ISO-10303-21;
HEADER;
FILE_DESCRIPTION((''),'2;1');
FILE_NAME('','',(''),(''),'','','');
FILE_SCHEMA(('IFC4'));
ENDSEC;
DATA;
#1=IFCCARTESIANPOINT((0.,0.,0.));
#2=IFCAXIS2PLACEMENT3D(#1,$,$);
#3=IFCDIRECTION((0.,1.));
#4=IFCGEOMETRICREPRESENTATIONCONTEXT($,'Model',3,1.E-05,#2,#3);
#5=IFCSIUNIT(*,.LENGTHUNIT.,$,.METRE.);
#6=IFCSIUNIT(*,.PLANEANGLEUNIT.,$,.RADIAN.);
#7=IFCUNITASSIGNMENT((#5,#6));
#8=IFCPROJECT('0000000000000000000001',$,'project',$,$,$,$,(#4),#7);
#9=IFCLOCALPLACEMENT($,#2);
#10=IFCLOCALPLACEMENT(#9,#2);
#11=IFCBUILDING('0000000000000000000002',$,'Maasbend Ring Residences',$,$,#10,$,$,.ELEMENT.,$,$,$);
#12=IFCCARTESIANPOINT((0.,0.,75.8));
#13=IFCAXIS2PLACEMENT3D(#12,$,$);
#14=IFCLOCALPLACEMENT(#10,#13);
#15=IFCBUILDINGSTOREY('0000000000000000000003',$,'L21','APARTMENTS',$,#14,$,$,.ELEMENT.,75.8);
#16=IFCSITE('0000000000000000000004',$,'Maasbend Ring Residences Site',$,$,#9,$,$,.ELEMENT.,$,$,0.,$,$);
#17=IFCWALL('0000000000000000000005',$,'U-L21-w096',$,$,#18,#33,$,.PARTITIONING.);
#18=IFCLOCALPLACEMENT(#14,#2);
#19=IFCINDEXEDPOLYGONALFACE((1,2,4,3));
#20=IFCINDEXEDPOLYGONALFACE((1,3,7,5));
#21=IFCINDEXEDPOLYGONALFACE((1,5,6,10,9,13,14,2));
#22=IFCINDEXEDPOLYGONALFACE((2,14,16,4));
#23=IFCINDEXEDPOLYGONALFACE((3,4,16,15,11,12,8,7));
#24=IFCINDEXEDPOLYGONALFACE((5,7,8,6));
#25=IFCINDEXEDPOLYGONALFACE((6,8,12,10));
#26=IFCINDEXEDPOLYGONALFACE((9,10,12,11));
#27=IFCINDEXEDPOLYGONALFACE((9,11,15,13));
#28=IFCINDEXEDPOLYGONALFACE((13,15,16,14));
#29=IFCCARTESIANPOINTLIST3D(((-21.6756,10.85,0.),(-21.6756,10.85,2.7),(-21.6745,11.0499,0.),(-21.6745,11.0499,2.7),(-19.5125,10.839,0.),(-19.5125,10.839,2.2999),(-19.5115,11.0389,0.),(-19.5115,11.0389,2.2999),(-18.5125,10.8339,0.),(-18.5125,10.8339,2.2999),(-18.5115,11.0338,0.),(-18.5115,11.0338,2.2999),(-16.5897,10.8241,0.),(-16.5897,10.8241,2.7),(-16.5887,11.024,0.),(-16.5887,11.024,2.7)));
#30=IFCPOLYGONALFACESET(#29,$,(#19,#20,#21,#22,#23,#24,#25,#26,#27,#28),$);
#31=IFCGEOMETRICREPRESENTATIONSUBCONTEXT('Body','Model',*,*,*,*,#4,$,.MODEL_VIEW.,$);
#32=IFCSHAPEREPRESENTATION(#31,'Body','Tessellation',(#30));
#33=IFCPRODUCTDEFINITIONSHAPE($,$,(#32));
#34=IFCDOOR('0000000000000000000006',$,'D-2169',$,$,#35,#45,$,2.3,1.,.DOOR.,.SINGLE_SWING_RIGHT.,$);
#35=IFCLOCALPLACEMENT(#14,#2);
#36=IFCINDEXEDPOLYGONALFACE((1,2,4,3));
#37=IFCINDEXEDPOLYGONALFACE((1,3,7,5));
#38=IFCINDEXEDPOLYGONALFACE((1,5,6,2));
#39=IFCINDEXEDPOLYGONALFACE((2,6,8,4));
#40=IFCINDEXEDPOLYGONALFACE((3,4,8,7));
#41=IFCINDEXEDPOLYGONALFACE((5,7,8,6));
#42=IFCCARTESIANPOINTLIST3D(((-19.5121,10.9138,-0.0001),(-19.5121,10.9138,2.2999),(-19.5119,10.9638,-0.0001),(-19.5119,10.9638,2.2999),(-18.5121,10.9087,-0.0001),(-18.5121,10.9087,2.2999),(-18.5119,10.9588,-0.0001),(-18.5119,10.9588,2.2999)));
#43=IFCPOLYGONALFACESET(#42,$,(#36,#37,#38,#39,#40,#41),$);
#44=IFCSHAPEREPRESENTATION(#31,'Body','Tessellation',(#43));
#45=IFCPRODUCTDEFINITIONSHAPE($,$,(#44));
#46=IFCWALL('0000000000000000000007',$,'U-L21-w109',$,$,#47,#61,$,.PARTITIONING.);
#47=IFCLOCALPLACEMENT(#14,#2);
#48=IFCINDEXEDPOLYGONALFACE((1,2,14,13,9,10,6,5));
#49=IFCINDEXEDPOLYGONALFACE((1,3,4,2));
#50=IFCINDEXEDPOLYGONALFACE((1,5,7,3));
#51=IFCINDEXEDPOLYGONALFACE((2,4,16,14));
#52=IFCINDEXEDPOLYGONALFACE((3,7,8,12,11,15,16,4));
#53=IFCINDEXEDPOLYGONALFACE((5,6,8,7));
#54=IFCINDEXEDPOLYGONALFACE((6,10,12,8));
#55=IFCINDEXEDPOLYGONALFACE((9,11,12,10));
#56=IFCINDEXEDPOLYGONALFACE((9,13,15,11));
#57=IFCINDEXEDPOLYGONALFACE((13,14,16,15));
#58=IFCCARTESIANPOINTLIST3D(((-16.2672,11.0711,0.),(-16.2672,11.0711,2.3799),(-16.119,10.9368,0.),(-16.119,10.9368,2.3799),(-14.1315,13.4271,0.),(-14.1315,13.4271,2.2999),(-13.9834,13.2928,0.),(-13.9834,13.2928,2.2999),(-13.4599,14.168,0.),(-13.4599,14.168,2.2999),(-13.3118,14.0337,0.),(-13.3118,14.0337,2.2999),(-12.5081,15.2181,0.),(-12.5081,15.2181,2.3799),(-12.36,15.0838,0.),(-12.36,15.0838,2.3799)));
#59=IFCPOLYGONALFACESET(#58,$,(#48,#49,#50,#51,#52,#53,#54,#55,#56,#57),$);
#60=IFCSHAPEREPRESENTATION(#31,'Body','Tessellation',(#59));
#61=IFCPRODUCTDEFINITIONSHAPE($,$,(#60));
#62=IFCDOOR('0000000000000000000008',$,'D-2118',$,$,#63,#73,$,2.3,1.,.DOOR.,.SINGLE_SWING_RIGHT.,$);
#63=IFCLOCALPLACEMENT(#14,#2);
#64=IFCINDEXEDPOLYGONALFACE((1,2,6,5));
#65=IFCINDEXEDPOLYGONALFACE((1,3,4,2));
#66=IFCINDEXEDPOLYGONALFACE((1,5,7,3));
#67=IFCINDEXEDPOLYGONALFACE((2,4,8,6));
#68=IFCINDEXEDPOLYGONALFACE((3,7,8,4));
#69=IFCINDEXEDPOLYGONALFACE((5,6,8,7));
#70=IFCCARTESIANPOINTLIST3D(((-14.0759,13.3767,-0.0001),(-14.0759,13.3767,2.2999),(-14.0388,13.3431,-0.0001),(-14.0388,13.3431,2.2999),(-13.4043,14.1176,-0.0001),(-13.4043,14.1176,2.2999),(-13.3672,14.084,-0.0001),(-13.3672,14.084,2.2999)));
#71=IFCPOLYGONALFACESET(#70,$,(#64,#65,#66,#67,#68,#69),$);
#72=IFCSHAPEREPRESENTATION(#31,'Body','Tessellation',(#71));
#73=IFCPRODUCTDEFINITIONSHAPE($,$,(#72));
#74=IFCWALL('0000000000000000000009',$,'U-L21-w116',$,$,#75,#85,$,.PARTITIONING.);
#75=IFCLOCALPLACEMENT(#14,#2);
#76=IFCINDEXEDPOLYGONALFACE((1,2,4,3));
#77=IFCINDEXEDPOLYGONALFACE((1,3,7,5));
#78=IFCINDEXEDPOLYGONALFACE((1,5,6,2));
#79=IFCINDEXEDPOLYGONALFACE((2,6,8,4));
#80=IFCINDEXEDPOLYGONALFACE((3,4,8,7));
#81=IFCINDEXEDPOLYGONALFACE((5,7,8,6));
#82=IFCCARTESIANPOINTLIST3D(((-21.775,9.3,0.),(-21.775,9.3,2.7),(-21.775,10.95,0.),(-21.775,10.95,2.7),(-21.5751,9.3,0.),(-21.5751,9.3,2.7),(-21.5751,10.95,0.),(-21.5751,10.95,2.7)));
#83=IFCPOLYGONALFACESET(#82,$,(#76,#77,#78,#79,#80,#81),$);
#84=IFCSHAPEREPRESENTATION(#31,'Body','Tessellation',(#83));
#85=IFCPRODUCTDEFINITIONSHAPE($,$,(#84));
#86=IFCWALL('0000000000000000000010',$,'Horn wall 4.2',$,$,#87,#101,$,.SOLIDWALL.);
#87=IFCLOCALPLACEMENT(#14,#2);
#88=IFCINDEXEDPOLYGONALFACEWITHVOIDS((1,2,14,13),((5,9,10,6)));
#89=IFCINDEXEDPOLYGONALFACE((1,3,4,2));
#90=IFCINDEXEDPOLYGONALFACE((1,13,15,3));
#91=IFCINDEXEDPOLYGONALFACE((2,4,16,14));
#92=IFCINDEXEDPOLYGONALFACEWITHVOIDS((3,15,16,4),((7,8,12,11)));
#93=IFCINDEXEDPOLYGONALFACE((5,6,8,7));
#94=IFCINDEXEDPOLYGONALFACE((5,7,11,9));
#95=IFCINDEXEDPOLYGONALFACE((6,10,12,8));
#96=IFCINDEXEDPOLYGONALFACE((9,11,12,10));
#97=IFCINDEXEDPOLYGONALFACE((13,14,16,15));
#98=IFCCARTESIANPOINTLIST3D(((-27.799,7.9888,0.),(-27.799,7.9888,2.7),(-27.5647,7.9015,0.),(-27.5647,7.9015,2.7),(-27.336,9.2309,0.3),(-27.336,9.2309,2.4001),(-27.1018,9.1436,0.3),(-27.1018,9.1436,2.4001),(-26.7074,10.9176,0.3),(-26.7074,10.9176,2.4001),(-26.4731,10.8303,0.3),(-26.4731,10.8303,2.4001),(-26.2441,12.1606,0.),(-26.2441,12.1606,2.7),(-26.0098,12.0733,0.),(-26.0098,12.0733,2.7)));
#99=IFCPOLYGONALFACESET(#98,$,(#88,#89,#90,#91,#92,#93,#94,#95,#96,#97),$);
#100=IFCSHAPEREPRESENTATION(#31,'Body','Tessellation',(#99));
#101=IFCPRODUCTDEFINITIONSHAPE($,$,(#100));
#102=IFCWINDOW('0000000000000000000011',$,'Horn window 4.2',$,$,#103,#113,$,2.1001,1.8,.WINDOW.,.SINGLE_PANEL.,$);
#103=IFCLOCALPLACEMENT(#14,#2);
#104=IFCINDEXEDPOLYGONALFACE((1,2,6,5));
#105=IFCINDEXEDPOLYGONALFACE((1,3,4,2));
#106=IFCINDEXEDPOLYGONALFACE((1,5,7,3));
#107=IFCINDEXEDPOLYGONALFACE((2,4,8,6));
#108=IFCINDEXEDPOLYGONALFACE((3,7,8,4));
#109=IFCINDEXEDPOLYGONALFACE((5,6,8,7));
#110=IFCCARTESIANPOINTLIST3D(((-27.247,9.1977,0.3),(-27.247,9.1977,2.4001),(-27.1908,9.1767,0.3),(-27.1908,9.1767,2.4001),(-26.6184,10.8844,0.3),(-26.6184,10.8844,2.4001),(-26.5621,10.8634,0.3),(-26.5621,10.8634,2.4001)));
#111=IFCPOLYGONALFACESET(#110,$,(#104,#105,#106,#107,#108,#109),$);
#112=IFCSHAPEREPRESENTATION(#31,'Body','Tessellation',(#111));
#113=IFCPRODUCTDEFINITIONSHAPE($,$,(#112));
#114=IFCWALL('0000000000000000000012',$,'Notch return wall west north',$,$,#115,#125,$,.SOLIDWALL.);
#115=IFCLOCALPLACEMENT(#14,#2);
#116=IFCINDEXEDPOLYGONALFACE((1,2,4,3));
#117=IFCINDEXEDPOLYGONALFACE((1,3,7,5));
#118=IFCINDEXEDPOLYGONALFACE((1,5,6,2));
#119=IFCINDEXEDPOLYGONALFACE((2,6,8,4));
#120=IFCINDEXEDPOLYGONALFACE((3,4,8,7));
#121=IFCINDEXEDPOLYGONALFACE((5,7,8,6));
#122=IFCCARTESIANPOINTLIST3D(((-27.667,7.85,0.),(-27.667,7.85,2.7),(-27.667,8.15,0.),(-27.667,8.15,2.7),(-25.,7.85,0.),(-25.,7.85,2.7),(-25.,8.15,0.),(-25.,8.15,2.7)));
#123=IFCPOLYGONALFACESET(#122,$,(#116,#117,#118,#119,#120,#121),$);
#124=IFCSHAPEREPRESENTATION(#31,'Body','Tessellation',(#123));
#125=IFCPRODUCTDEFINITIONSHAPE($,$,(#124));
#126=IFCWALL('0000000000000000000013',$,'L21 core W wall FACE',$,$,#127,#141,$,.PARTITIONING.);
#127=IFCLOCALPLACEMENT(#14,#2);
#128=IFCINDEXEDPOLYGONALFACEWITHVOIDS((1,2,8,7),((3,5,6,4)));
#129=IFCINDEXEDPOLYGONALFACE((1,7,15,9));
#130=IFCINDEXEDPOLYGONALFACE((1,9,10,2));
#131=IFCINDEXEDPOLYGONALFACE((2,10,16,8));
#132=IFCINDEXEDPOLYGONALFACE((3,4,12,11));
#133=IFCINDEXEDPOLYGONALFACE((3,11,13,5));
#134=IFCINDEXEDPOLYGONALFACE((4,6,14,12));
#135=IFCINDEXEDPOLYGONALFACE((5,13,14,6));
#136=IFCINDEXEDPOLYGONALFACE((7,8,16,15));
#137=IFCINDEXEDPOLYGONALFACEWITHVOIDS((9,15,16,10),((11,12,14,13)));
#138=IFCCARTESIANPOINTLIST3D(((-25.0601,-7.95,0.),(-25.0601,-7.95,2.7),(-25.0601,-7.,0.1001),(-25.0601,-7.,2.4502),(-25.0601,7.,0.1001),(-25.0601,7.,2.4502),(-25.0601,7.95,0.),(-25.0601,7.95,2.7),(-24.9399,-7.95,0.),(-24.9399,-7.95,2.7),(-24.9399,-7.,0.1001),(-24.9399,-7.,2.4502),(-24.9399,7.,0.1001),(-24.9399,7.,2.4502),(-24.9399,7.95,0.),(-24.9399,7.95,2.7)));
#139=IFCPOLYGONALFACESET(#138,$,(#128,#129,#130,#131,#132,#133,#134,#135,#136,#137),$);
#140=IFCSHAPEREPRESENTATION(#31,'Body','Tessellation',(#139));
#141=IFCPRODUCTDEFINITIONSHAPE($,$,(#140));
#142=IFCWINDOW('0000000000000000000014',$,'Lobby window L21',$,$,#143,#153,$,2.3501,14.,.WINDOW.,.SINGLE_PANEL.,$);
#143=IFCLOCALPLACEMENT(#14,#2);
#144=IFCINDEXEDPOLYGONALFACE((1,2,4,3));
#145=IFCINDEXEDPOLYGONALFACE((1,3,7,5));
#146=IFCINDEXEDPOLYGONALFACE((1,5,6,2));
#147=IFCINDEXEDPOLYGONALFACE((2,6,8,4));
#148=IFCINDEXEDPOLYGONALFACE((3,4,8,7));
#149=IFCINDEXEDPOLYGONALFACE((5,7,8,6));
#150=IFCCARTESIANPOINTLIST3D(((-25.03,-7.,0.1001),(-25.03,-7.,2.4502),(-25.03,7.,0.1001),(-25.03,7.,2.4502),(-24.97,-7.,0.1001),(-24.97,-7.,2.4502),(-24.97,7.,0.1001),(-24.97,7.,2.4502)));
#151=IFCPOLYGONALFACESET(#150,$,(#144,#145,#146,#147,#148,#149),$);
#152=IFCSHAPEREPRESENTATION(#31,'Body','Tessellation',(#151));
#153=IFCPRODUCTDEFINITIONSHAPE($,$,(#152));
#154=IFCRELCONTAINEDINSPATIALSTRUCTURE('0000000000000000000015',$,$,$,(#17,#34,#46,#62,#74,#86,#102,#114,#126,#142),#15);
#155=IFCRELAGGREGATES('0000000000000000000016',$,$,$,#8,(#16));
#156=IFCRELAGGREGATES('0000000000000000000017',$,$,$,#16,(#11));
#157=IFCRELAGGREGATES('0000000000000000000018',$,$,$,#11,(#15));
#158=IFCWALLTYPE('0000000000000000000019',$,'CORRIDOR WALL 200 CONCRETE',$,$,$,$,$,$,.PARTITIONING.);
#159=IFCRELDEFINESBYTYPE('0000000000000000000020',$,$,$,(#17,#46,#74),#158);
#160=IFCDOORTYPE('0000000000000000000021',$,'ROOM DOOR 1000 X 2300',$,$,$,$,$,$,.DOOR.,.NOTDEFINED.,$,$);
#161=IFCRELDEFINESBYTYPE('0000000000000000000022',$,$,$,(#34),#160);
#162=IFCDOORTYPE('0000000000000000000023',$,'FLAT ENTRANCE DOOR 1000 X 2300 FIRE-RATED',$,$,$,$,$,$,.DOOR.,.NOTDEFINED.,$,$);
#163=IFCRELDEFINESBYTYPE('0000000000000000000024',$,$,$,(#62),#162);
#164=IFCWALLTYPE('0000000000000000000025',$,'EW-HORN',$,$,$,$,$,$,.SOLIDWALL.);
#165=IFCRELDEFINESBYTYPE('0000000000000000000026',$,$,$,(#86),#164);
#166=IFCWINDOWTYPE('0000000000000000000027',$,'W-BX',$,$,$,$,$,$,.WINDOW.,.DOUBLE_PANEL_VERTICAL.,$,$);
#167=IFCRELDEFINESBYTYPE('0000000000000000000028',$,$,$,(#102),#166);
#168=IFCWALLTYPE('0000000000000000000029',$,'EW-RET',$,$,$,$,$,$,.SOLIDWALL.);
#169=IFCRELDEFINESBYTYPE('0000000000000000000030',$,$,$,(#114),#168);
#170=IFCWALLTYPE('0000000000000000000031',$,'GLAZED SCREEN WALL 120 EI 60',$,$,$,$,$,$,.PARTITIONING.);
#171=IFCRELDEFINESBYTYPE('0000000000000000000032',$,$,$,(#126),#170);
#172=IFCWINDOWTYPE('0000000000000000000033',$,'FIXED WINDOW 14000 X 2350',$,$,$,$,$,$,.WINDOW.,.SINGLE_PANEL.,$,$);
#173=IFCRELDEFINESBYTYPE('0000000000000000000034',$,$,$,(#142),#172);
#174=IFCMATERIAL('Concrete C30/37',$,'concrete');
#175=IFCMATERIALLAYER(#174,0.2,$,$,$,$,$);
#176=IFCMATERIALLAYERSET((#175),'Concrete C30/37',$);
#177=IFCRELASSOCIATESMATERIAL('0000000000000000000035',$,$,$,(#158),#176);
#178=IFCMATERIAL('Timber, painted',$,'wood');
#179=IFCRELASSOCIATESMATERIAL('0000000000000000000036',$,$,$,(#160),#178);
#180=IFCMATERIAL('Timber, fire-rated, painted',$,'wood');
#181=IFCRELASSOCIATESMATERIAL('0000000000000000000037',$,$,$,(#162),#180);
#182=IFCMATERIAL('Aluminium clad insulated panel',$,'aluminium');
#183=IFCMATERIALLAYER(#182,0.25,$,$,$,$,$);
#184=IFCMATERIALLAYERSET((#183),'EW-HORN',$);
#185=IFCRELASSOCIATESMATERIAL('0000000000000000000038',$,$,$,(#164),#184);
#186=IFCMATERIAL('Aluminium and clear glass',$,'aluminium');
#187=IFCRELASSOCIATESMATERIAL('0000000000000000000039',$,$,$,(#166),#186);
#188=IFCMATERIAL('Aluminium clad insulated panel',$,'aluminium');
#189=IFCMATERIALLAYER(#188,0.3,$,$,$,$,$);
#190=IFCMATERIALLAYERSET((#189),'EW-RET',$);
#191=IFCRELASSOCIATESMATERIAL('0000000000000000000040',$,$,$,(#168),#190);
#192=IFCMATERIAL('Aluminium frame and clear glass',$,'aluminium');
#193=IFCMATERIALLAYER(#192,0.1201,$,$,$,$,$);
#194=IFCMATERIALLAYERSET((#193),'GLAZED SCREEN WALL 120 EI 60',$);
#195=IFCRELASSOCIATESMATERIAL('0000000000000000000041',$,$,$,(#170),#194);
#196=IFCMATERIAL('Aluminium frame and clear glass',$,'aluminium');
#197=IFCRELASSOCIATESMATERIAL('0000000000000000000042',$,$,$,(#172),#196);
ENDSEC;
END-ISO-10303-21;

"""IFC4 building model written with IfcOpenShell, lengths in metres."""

from ifc_helpers import new_model, si_unit, direction, frame, frame_2d, origin, place, context, subcontext, project, spatial, rectangle, extrude, material, layer, layer_set, type_object, element, fill, save


model = new_model("IFC4")

# Units and contexts
model_context = context("Model", 3, precision=1e-05, world=origin(), true_north=direction((0.0, 1.0)))
body_context = subcontext(model_context, "Body", "Model", "MODEL_VIEW")
ifc_project = project(units=[si_unit("LENGTHUNIT", "METRE"), si_unit("PLANEANGLEUNIT", "RADIAN")], contexts=[model_context])

# Site, building, storey
site_placement = place(None, origin())
site = spatial("IfcSite", under=ifc_project, at=site_placement, Name="Maasbend Ring Residences Site", CompositionType="ELEMENT", RefElevation=0.0)
building_placement = place(site_placement, origin())
building = spatial("IfcBuilding", under=site, at=building_placement, Name="Maasbend Ring Residences", CompositionType="ELEMENT")
storey_placement = place(building_placement, frame((0.0, 0.0, 75.8)))
storey = spatial("IfcBuildingStorey", under=building, at=storey_placement, Name="L21", Description="APARTMENTS", CompositionType="ELEMENT", Elevation=75.8)

# Walls, openings, doors
ifc_material_1 = material(Name="Concrete C30/37", Category="concrete")
ifc_layer_1 = layer(ifc_material_1, 0.2)
ifc_layer_set_1 = layer_set([ifc_layer_1], Name="Concrete C30/37")
wall_type_1 = type_object("IfcWallType", Name="CORRIDOR WALL 200 CONCRETE", PredefinedType="PARTITIONING", material=ifc_layer_set_1)
wall_1_placement = place(storey_placement, frame((-21.675, 10.95, 0.0), z_axis=(0.0, 0.0, 1.0), x_axis=(0.999987, -0.005088, 0.0)))
wall_1 = element("IfcWall", 1, at=wall_1_placement, inside=storey, type_object=wall_type_1, Name="U-L21-w096", PredefinedType="PARTITIONING", context=body_context, shape_type="SweptSolid", body=[
    extrude(rectangle(XDim=5.0859, YDim=0.2, at=frame_2d((2.543, 0.0))), origin(), (0.0, 0.0, 1.0), 2.7),
])
opening_1_placement = place(wall_1_placement, frame((2.1631, 0.0, 0.0)))
opening_1 = element("IfcOpeningElement", 2, at=opening_1_placement, cuts=wall_1, PredefinedType="OPENING", context=body_context, shape_type="SweptSolid", body=[
    extrude(rectangle(XDim=1.0, YDim=2.3, at=frame_2d((0.5, 1.1499))), frame((0.0, 0.1099, 0.0), z_axis=(0.0, -1.0, 0.0), x_axis=(1.0, 0.0, 0.0)), (0.0, 0.0, 1.0), 0.22),
])
ifc_material_2 = material(Name="Timber, painted", Category="wood")
door_type_1 = type_object("IfcDoorType", Name="ROOM DOOR 1000 X 2300", OperationType="NOTDEFINED", PredefinedType="DOOR", material=ifc_material_2)
door_1_placement = place(opening_1_placement, origin())
door_1 = element("IfcDoor", 3, at=door_1_placement, inside=storey, type_object=door_type_1, Name="D-2169", OperationType="SINGLE_SWING_RIGHT", OverallHeight=2.3, OverallWidth=1.0, PredefinedType="DOOR", context=body_context, shape_type="SweptSolid", body=[
    extrude(rectangle(XDim=1.0, YDim=2.3, at=frame_2d((0.5, 1.1499))), frame((0.0, 0.0249, 0.0), z_axis=(0.0, -1.0, 0.0), x_axis=(1.0, 0.0, 0.0)), (0.0, 0.0, 1.0), 0.05),
])
fill(opening_1, door_1)
wall_2_placement = place(storey_placement, frame((-16.1931, 11.0039, 0.0), z_axis=(0.0, 0.0, 1.0), x_axis=(0.671602, 0.740912, 0.0)))
wall_2 = element("IfcWall", 4, at=wall_2_placement, inside=storey, type_object=wall_type_1, Name="U-L21-w109", PredefinedType="PARTITIONING", context=body_context, shape_type="SweptSolid", body=[
    extrude(rectangle(XDim=5.5972, YDim=0.2, at=frame_2d((2.7986, 0.0))), origin(), (0.0, 0.0, 1.0), 2.3799),
])
opening_2_placement = place(wall_2_placement, frame((3.1799, 0.0, 0.0)))
opening_2 = element("IfcOpeningElement", 5, at=opening_2_placement, cuts=wall_2, PredefinedType="OPENING", context=body_context, shape_type="SweptSolid", body=[
    extrude(rectangle(XDim=1.0, YDim=2.3, at=frame_2d((0.5, 1.1499))), frame((0.0, 0.1099, 0.0), z_axis=(0.0, -1.0, 0.0), x_axis=(1.0, 0.0, 0.0)), (0.0, 0.0, 1.0), 0.22),
])
ifc_material_3 = material(Name="Timber, fire-rated, painted", Category="wood")
door_type_2 = type_object("IfcDoorType", Name="FLAT ENTRANCE DOOR 1000 X 2300 FIRE-RATED", OperationType="NOTDEFINED", PredefinedType="DOOR", material=ifc_material_3)
door_2_placement = place(opening_2_placement, origin())
door_2 = element("IfcDoor", 6, at=door_2_placement, inside=storey, type_object=door_type_2, Name="D-2118", OperationType="SINGLE_SWING_RIGHT", OverallHeight=2.3, OverallWidth=1.0, PredefinedType="DOOR", context=body_context, shape_type="SweptSolid", body=[
    extrude(rectangle(XDim=1.0, YDim=2.3, at=frame_2d((0.5, 1.1499))), frame((0.0, 0.0249, 0.0), z_axis=(0.0, -1.0, 0.0), x_axis=(1.0, 0.0, 0.0)), (0.0, 0.0, 1.0), 0.05),
])
fill(opening_2, door_2)

# Wall
wall_3_placement = place(storey_placement, frame((-21.675, 9.3, 0.0), z_axis=(0.0, 0.0, 1.0), x_axis=(0.0, 1.0, 0.0)))
element("IfcWall", 7, at=wall_3_placement, inside=storey, type_object=wall_type_1, Name="U-L21-w116", PredefinedType="PARTITIONING", context=body_context, shape_type="SweptSolid", body=[
    extrude(rectangle(XDim=1.6499, YDim=0.2, at=frame_2d((0.825, 0.0))), origin(), (0.0, 0.0, 1.0), 2.7),
])

# Wall, opening, window
ifc_material_4 = material(Name="Aluminium clad insulated panel", Category="aluminium")
ifc_layer_2 = layer(ifc_material_4, 0.25)
ifc_layer_set_2 = layer_set([ifc_layer_2], Name="EW-HORN")
wall_type_2 = type_object("IfcWallType", Name="EW-HORN", PredefinedType="SOLIDWALL", material=ifc_layer_set_2)
wall_4_placement = place(storey_placement, frame((-26.127, 12.1169, 0.0), z_axis=(0.0, 0.0, 1.0), x_axis=(-0.349248, -0.93703, 0.0)))
wall_4 = element("IfcWall", 8, at=wall_4_placement, inside=storey, type_object=wall_type_2, Name="Horn wall 4.2", PredefinedType="SOLIDWALL", context=body_context, shape_type="SweptSolid", body=[
    extrude(rectangle(XDim=4.4521, YDim=0.25, at=frame_2d((2.2261, 0.0))), origin(), (0.0, 0.0, 1.0), 2.7),
])
opening_3_placement = place(wall_4_placement, frame((1.3267, 0.0, 0.3)))
opening_3 = element("IfcOpeningElement", 9, at=opening_3_placement, cuts=wall_4, PredefinedType="OPENING", context=body_context, shape_type="SweptSolid", body=[
    extrude(rectangle(XDim=1.8, YDim=2.1001, at=frame_2d((0.8999, 1.05))), frame((0.0, 0.135, 0.0), z_axis=(0.0, -1.0, 0.0), x_axis=(1.0, 0.0, 0.0)), (0.0, 0.0, 1.0), 0.27),
])
ifc_material_5 = material(Name="Aluminium and clear glass", Category="aluminium")
window_type_1 = type_object("IfcWindowType", Name="W-BX", PartitioningType="DOUBLE_PANEL_VERTICAL", PredefinedType="WINDOW", material=ifc_material_5)
window_1_placement = place(opening_3_placement, origin())
window_1 = element("IfcWindow", 10, at=window_1_placement, inside=storey, type_object=window_type_1, Name="Horn window 4.2", OverallHeight=2.1001, OverallWidth=1.8, PartitioningType="SINGLE_PANEL", PredefinedType="WINDOW", context=body_context, shape_type="SweptSolid", body=[
    extrude(rectangle(XDim=1.8, YDim=2.1001, at=frame_2d((0.8999, 1.05))), frame((0.0, 0.03, 0.0), z_axis=(0.0, -1.0, 0.0), x_axis=(1.0, 0.0, 0.0)), (0.0, 0.0, 1.0), 0.0601),
])
fill(opening_3, window_1)

# Wall
ifc_material_6 = material(Name="Aluminium clad insulated panel", Category="aluminium")
ifc_layer_3 = layer(ifc_material_6, 0.3)
ifc_layer_set_3 = layer_set([ifc_layer_3], Name="EW-RET")
wall_type_3 = type_object("IfcWallType", Name="EW-RET", PredefinedType="SOLIDWALL", material=ifc_layer_set_3)
wall_5_placement = place(storey_placement, frame((-25.0, 8.0, 0.0), z_axis=(0.0, 0.0, 1.0), x_axis=(-1.0, 0.0, 0.0)))
element("IfcWall", 11, at=wall_5_placement, inside=storey, type_object=wall_type_3, Name="Notch return wall west north", PredefinedType="SOLIDWALL", context=body_context, shape_type="SweptSolid", body=[
    extrude(rectangle(XDim=2.667, YDim=0.3, at=frame_2d((1.3335, 0.0))), origin(), (0.0, 0.0, 1.0), 2.7),
])

# Wall, opening, window
ifc_material_7 = material(Name="Aluminium frame and clear glass", Category="aluminium")
ifc_layer_4 = layer(ifc_material_7, 0.1201)
ifc_layer_set_4 = layer_set([ifc_layer_4], Name="GLAZED SCREEN WALL 120 EI 60")
wall_type_4 = type_object("IfcWallType", Name="GLAZED SCREEN WALL 120 EI 60", PredefinedType="PARTITIONING", material=ifc_layer_set_4)
wall_6_placement = place(storey_placement, frame((-25.0, 7.95, 0.0), z_axis=(0.0, 0.0, 1.0), x_axis=(0.0, -1.0, 0.0)))
wall_6 = element("IfcWall", 12, at=wall_6_placement, inside=storey, type_object=wall_type_4, Name="L21 core W wall FACE", PredefinedType="PARTITIONING", context=body_context, shape_type="SweptSolid", body=[
    extrude(rectangle(XDim=15.8999, YDim=0.1201, at=frame_2d((7.95, 0.0))), origin(), (0.0, 0.0, 1.0), 2.7),
])
opening_4_placement = place(wall_6_placement, frame((0.95, 0.0, 0.1001)))
opening_4 = element("IfcOpeningElement", 13, at=opening_4_placement, cuts=wall_6, PredefinedType="OPENING", context=body_context, shape_type="SweptSolid", body=[
    extrude(rectangle(XDim=14.0, YDim=2.3501, at=frame_2d((7.0, 1.175))), frame((0.0, 0.0701, 0.0), z_axis=(0.0, -1.0, 0.0), x_axis=(1.0, 0.0, 0.0)), (0.0, 0.0, 1.0), 0.1401),
])
ifc_material_8 = material(Name="Aluminium frame and clear glass", Category="aluminium")
window_type_2 = type_object("IfcWindowType", Name="FIXED WINDOW 14000 X 2350", PartitioningType="SINGLE_PANEL", PredefinedType="WINDOW", material=ifc_material_8)
window_2_placement = place(opening_4_placement, origin())
window_2 = element("IfcWindow", 14, at=window_2_placement, inside=storey, type_object=window_type_2, Name="Lobby window L21", OverallHeight=2.3501, OverallWidth=14.0, PartitioningType="SINGLE_PANEL", PredefinedType="WINDOW", context=body_context, shape_type="SweptSolid", body=[
    extrude(rectangle(XDim=14.0, YDim=2.3501, at=frame_2d((7.0, 1.175))), frame((0.0, 0.03, 0.0), z_axis=(0.0, -1.0, 0.0), x_axis=(1.0, 0.0, 0.0)), (0.0, 0.0, 1.0), 0.0601),
])
fill(opening_4, window_2)

save(model, "model.ifc")
